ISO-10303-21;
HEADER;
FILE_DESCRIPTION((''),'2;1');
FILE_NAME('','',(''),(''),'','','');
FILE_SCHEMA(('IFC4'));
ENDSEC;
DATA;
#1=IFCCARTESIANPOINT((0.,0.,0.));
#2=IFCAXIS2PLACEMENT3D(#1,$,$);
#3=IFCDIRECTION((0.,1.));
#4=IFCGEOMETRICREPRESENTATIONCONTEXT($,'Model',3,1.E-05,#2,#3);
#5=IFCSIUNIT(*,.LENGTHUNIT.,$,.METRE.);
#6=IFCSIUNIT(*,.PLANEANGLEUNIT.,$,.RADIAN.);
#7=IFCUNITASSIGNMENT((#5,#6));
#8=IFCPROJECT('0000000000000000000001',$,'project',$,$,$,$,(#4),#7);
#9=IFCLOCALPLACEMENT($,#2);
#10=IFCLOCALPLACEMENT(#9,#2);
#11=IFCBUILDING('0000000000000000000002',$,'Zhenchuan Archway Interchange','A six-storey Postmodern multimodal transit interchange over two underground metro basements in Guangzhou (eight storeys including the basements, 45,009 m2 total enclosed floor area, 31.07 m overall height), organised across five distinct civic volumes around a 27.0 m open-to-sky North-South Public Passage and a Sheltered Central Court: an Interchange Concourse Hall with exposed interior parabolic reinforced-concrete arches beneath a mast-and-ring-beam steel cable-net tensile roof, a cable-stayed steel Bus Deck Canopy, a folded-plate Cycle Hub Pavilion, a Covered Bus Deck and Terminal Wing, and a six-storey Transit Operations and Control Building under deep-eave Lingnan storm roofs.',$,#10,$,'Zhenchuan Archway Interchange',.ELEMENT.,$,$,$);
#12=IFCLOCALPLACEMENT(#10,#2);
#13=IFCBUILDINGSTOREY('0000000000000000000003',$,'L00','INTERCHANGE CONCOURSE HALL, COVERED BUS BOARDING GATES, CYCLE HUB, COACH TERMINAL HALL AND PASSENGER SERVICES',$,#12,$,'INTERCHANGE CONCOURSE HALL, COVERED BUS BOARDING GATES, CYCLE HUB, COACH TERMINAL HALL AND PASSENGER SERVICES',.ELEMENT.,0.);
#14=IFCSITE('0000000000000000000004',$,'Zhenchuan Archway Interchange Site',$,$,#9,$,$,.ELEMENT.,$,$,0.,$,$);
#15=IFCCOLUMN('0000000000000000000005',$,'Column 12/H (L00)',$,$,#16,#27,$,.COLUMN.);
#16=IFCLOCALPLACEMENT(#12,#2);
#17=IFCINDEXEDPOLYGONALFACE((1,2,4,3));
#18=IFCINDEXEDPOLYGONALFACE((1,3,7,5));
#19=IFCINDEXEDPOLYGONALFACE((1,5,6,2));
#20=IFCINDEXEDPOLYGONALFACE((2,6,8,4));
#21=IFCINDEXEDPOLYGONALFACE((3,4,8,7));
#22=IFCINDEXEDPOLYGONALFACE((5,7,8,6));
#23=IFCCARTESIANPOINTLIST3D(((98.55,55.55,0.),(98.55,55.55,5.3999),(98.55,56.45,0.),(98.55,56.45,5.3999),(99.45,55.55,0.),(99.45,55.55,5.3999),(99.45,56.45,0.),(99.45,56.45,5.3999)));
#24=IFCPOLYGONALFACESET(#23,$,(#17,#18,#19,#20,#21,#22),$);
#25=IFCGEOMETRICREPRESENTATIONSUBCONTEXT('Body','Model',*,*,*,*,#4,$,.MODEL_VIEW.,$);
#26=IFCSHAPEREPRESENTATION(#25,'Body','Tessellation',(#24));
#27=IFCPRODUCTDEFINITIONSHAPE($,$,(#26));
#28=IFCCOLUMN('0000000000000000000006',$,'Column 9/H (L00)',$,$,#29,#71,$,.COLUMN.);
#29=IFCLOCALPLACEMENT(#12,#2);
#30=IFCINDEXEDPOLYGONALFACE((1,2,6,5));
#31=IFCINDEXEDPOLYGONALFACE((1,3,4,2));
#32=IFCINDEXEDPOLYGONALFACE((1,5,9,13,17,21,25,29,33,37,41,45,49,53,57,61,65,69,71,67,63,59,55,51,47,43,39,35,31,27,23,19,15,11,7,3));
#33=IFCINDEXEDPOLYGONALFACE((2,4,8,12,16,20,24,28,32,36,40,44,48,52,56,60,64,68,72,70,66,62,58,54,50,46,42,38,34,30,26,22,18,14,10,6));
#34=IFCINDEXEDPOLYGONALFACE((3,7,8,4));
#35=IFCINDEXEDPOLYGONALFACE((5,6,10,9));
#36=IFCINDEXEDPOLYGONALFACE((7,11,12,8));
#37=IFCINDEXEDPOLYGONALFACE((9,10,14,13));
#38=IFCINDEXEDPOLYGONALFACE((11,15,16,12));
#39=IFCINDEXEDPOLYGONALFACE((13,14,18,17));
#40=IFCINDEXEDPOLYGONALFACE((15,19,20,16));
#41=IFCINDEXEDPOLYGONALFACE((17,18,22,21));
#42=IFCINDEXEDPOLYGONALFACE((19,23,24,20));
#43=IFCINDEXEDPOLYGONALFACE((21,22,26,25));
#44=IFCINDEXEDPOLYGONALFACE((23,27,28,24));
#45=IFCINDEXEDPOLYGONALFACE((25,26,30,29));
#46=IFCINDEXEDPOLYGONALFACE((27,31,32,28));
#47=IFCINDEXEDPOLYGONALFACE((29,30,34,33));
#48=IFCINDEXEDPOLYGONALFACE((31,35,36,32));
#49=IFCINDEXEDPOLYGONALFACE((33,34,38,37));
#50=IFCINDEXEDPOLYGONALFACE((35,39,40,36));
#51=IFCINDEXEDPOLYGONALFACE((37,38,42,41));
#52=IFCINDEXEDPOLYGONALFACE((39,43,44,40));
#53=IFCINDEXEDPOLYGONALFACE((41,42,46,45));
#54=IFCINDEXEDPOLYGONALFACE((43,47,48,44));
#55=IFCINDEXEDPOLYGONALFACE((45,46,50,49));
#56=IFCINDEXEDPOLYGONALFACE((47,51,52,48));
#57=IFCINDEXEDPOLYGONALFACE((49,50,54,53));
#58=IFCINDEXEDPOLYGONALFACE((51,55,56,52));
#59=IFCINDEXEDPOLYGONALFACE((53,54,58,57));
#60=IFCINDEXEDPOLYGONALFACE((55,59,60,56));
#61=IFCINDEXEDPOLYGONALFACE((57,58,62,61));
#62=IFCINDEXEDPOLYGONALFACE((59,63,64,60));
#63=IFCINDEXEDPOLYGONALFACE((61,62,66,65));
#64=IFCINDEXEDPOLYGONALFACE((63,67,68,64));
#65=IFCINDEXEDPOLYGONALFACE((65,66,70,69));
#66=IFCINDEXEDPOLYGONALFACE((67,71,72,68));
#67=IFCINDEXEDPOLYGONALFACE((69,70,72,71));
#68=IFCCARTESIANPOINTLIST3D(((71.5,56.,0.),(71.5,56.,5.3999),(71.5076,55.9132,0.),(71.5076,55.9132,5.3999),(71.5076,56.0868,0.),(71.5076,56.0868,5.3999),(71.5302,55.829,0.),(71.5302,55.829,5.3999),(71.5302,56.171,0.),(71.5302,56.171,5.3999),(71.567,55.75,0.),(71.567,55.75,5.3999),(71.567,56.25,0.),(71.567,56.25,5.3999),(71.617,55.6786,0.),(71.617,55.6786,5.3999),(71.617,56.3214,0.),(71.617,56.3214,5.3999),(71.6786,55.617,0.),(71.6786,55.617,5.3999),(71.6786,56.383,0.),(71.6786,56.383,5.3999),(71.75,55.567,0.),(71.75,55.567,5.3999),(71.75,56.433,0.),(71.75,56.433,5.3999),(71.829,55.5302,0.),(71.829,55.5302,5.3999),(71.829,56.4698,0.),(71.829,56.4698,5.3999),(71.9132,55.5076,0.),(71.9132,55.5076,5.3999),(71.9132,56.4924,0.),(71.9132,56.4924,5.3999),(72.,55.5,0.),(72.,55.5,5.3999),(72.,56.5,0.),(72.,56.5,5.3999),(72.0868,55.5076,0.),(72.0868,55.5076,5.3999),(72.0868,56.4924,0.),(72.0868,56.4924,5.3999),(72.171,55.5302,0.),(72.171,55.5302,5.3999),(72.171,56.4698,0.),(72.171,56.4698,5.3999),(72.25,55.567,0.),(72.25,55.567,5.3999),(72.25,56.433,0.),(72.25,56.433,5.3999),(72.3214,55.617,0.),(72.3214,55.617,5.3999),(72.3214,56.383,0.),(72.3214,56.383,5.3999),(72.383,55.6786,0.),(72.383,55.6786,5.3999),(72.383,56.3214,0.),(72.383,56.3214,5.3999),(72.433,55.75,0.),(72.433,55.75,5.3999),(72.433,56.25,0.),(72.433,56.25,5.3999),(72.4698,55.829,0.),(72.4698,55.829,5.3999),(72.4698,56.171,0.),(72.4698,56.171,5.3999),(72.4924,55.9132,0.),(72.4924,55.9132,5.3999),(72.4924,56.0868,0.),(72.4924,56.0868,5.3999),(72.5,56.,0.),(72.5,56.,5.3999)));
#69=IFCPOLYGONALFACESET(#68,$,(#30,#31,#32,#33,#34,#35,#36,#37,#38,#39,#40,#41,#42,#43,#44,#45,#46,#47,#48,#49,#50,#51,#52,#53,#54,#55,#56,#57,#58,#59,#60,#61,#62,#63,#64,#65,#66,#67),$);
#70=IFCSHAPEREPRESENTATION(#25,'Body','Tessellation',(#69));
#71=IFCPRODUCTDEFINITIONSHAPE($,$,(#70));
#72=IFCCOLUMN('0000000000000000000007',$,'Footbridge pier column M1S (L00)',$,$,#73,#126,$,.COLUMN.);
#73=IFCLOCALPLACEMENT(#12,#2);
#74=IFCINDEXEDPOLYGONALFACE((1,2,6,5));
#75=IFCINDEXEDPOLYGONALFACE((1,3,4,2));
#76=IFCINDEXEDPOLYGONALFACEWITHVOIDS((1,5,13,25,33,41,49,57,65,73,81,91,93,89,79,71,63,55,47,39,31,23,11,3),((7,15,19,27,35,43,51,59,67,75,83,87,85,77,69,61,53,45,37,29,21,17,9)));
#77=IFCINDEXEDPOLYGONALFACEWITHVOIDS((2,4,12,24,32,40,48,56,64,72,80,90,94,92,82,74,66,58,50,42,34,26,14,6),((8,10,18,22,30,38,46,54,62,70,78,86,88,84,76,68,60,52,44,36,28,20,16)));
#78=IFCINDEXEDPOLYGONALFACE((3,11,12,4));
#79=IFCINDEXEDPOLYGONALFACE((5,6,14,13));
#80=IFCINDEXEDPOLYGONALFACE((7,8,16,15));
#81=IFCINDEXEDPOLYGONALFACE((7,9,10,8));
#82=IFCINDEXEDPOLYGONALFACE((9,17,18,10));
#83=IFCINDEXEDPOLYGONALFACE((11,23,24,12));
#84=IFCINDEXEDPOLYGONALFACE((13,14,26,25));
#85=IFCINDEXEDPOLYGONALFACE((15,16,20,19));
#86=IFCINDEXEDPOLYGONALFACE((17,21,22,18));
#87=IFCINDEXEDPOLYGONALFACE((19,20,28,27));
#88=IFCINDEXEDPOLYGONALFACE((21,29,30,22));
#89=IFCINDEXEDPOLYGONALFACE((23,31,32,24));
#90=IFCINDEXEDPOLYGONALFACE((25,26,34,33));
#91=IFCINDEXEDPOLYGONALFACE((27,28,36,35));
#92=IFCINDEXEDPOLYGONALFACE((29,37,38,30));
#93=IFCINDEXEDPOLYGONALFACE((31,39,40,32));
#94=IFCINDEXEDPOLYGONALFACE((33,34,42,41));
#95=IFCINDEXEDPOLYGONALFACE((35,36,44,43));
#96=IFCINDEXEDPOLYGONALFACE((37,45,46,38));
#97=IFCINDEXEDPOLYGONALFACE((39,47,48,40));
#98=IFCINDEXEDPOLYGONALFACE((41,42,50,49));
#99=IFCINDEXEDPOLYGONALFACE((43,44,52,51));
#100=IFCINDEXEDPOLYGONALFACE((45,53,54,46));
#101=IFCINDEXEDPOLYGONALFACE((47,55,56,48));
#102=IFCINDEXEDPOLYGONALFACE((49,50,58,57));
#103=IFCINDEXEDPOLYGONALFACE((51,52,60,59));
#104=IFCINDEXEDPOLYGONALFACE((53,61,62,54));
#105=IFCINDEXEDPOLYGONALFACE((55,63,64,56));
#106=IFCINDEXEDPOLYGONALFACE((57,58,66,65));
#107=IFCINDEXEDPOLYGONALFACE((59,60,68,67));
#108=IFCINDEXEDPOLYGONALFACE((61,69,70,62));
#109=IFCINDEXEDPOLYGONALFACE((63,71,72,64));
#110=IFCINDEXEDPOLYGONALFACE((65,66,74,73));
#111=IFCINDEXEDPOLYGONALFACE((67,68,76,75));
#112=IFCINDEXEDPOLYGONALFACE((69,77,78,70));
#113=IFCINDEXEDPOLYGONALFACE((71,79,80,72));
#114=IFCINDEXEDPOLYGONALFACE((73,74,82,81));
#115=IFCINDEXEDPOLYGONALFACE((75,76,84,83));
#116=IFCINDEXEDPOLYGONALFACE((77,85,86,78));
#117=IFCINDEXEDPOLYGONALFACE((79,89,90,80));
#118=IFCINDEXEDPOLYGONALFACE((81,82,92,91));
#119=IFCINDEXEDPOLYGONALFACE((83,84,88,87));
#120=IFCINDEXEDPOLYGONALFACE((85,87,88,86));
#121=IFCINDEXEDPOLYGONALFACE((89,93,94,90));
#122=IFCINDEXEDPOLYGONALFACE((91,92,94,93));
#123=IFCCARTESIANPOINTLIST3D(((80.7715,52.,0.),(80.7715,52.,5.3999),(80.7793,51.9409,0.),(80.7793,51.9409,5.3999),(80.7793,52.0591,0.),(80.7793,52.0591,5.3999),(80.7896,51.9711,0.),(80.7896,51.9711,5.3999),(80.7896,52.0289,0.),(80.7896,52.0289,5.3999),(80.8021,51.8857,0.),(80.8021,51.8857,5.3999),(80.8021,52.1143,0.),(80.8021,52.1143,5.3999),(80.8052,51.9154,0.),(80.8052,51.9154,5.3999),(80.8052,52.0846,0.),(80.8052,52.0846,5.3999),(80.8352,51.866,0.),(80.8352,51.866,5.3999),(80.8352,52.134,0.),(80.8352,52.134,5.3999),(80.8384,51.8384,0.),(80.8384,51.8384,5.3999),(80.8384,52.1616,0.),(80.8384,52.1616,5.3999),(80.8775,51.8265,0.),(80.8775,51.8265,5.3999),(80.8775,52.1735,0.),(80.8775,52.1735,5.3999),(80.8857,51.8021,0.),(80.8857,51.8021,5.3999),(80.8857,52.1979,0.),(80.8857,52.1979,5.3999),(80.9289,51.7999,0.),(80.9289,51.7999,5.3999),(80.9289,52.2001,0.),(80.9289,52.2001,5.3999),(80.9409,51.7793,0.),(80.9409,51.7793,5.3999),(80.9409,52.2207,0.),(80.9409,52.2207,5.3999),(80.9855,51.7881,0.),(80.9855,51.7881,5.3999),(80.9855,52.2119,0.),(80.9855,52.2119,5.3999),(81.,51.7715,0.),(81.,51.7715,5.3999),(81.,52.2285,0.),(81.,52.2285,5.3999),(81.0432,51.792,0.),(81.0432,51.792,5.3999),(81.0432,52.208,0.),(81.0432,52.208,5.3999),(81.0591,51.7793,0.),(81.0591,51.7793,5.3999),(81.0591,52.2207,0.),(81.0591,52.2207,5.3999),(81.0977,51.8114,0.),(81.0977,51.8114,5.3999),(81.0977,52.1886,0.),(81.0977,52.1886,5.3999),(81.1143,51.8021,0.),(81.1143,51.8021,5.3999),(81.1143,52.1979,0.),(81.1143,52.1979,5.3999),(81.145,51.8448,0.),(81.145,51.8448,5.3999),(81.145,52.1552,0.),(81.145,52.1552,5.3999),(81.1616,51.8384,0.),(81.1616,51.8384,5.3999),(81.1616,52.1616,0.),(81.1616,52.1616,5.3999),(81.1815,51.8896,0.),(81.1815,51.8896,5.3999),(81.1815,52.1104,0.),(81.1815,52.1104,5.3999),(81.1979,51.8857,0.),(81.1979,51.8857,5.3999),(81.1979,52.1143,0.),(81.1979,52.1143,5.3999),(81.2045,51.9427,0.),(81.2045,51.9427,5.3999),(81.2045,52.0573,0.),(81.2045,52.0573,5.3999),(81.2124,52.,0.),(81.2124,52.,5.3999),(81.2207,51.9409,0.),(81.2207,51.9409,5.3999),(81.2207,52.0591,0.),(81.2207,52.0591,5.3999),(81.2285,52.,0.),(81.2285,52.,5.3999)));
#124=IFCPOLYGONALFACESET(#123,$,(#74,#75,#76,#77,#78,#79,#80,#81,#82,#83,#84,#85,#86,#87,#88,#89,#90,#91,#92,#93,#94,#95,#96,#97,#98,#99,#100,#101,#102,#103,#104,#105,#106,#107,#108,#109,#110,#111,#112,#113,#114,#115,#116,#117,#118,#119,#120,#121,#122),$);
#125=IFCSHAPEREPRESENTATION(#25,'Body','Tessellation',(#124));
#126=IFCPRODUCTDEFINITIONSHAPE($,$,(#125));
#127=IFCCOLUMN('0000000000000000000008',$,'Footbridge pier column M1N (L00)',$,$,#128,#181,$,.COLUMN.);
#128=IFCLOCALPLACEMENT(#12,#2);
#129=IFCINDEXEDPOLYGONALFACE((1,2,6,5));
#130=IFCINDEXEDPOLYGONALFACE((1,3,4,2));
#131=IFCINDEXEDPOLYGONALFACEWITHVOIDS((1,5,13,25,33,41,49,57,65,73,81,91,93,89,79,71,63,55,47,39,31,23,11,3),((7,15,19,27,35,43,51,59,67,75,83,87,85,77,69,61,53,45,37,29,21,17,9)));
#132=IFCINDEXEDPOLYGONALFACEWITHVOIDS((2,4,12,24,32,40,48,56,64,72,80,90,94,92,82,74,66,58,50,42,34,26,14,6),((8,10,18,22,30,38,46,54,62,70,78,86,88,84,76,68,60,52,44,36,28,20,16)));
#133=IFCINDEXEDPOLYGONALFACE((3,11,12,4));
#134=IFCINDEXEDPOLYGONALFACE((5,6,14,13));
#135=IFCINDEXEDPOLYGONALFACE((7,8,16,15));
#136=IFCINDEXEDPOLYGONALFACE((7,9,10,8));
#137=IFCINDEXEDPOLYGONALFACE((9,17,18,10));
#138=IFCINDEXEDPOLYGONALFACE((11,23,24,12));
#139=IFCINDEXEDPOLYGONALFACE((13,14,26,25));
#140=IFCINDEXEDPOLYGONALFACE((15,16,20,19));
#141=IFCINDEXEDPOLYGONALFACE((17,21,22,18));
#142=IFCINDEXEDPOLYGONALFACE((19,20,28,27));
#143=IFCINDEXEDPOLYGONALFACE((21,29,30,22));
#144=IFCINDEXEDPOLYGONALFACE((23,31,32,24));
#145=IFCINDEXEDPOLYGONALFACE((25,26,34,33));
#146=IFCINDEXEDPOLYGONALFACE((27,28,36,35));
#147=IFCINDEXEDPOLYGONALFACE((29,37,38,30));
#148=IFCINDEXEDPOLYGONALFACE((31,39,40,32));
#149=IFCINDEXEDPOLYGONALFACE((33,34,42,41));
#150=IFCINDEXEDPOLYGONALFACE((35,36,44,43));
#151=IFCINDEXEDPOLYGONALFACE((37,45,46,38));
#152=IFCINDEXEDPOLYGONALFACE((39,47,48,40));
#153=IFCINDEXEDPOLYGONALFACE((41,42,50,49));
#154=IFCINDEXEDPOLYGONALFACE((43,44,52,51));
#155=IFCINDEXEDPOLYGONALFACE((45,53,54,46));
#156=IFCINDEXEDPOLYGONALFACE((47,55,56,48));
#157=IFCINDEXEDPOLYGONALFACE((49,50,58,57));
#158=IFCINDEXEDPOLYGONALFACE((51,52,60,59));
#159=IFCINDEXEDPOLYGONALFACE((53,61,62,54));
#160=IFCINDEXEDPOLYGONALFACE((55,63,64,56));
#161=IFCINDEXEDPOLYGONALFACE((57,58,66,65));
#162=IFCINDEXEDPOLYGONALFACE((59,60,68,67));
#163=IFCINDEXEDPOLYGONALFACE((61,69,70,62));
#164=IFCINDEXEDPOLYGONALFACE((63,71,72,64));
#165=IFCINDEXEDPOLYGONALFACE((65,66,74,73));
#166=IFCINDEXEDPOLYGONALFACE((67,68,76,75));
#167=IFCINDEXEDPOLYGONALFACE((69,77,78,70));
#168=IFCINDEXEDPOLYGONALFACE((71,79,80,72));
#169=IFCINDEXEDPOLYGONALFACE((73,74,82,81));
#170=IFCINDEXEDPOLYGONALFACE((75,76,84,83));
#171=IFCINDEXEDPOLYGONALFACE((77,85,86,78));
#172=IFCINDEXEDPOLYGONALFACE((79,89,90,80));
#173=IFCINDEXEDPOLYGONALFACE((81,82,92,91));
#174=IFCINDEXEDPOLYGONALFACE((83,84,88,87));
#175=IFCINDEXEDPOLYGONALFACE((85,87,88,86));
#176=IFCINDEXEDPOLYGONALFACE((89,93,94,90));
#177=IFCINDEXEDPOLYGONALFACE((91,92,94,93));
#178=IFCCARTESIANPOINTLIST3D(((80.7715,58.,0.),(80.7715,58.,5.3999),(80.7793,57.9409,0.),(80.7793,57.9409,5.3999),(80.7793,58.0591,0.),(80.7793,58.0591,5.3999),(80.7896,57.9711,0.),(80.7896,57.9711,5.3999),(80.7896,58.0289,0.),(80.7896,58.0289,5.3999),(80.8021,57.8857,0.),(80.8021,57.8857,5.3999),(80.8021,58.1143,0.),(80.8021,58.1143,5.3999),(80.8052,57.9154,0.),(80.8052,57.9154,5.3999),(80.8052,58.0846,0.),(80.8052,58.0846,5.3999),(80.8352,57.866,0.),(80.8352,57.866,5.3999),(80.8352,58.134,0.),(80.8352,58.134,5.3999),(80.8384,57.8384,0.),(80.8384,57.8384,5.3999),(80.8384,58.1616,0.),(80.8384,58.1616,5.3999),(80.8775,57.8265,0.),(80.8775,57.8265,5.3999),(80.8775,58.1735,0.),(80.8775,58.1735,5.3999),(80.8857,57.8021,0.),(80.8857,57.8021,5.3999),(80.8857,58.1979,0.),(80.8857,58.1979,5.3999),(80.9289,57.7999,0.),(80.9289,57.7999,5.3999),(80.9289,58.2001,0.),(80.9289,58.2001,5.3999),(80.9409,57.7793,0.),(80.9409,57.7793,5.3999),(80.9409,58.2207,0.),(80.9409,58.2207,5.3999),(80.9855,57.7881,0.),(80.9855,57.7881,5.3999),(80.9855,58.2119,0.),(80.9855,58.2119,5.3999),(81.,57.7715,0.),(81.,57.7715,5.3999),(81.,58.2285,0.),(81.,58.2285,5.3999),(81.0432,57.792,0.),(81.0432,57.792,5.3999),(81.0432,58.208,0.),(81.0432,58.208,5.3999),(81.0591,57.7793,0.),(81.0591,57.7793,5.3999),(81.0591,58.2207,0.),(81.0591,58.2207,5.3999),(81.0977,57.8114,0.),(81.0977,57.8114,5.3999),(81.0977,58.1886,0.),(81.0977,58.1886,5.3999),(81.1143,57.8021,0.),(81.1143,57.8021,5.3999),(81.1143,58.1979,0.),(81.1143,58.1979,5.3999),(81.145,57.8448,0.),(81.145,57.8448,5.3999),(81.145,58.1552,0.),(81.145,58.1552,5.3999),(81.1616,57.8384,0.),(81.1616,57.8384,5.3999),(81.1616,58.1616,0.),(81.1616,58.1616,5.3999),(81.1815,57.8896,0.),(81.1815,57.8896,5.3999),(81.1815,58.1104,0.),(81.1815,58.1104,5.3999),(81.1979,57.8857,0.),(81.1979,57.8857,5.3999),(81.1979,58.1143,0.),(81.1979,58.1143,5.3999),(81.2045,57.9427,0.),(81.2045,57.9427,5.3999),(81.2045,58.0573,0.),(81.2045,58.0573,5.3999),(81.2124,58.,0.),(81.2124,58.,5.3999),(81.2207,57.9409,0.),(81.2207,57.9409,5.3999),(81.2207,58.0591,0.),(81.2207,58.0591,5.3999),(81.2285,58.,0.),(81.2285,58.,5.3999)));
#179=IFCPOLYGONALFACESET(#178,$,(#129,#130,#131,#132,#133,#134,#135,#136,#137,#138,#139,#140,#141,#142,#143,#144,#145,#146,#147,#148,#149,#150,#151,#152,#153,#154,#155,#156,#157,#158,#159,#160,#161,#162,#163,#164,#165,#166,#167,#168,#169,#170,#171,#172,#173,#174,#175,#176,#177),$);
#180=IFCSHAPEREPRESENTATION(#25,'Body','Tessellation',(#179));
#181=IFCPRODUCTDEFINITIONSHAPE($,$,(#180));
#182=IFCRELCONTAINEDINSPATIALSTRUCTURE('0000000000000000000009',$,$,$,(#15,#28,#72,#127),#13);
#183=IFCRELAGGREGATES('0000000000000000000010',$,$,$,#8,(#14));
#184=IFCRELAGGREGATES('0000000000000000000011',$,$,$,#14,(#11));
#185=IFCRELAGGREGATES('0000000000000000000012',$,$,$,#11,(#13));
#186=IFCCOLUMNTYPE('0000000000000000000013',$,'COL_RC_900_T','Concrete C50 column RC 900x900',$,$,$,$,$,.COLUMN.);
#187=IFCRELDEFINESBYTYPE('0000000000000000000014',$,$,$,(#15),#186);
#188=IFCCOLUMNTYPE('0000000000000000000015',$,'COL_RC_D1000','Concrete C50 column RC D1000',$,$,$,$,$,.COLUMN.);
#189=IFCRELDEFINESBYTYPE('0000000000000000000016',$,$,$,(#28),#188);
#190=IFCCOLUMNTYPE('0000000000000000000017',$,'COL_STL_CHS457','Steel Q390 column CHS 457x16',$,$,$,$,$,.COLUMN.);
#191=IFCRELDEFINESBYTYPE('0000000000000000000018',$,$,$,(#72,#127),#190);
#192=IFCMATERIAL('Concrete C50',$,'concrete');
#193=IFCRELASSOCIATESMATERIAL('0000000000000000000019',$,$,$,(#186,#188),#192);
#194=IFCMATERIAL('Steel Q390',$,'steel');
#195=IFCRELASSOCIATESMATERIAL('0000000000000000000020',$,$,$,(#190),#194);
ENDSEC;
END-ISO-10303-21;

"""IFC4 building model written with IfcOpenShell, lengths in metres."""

from ifc_helpers import new_model, si_unit, direction, frame, origin, origin_2d, place, context, subcontext, project, spatial, rectangle, circle, hollow_circle, extrude, material, material_profile, profile_set, type_object, element, save


model = new_model("IFC4")

# Units and contexts
model_context = context("Model", 3, precision=1e-05, world=origin(), true_north=direction((0.0, 1.0)))
body_context = subcontext(model_context, "Body", "Model", "MODEL_VIEW")
ifc_project = project(units=[si_unit("LENGTHUNIT", "METRE"), si_unit("PLANEANGLEUNIT", "RADIAN")], contexts=[model_context])

# Site, building, storey
site_placement = place(None, origin())
site = spatial("IfcSite", under=ifc_project, at=site_placement, Name="Zhenchuan Archway Interchange Site", CompositionType="ELEMENT", RefElevation=0.0)
building_placement = place(site_placement, origin())
building = spatial("IfcBuilding", under=site, at=building_placement, Name="Zhenchuan Archway Interchange", Description="A six-storey Postmodern multimodal transit interchange over two underground metro basements in Guangzhou (eight storeys including the basements, 45,009 m2 total enclosed floor area, 31.07 m overall height), organised across five distinct civic volumes around a 27.0 m open-to-sky North-South Public Passage and a Sheltered Central Court: an Interchange Concourse Hall with exposed interior parabolic reinforced-concrete arches beneath a mast-and-ring-beam steel cable-net tensile roof, a cable-stayed steel Bus Deck Canopy, a folded-plate Cycle Hub Pavilion, a Covered Bus Deck and Terminal Wing, and a six-storey Transit Operations and Control Building under deep-eave Lingnan storm roofs.", LongName="Zhenchuan Archway Interchange", CompositionType="ELEMENT")
storey_placement = place(building_placement, origin())
storey = spatial("IfcBuildingStorey", under=building, at=storey_placement, Name="L00", Description="INTERCHANGE CONCOURSE HALL, COVERED BUS BOARDING GATES, CYCLE HUB, COACH TERMINAL HALL AND PASSENGER SERVICES", LongName="INTERCHANGE CONCOURSE HALL, COVERED BUS BOARDING GATES, CYCLE HUB, COACH TERMINAL HALL AND PASSENGER SERVICES", CompositionType="ELEMENT", Elevation=0.0)

# Columns
ifc_material_1 = material(Name="Concrete C50", Category="concrete")
ifc_material_profile_1 = material_profile(ifc_material_1, rectangle(XDim=0.8999, YDim=0.8999, at=origin_2d()), Name="RC 900x900")
ifc_profile_set_1 = profile_set([ifc_material_profile_1], Name="Concrete C50")
column_type_1 = type_object("IfcColumnType", Name="COL_RC_900_T", Description="Concrete C50 column RC 900x900", PredefinedType="COLUMN", material=ifc_profile_set_1)
column_1_placement = place(storey_placement, frame((99.0, 56.0, 0.0), z_axis=(0.0, 0.0, 1.0), x_axis=(1.0, 0.0, 0.0)))
element("IfcColumn", 1, at=column_1_placement, inside=storey, type_object=column_type_1, Name="Column 12/H (L00)", PredefinedType="COLUMN", context=body_context, shape_type="SweptSolid", body=[
    extrude(rectangle(XDim=0.8999, YDim=0.8999, at=origin_2d()), origin(), (0.0, 0.0, 1.0), 5.3999),
])
ifc_material_profile_2 = material_profile(ifc_material_1, circle(Radius=0.5, at=origin_2d()), Name="RC D1000")
ifc_profile_set_2 = profile_set([ifc_material_profile_2], Name="Concrete C50")
column_type_2 = type_object("IfcColumnType", Name="COL_RC_D1000", Description="Concrete C50 column RC D1000", PredefinedType="COLUMN", material=ifc_profile_set_2)
column_2_placement = place(storey_placement, frame((72.0, 56.0, 0.0), z_axis=(0.0, 0.0, 1.0), x_axis=(1.0, 0.0, 0.0)))
element("IfcColumn", 2, at=column_2_placement, inside=storey, type_object=column_type_2, Name="Column 9/H (L00)", PredefinedType="COLUMN", context=body_context, shape_type="SweptSolid", body=[
    extrude(circle(Radius=0.5, at=origin_2d()), origin(), (0.0, 0.0, 1.0), 5.3999),
])
ifc_material_2 = material(Name="Steel Q390", Category="steel")
ifc_material_profile_3 = material_profile(ifc_material_2, hollow_circle(Radius=0.2285, WallThickness=0.0161, at=origin_2d()), Name="CHS 457x16")
ifc_profile_set_3 = profile_set([ifc_material_profile_3], Name="Steel Q390")
column_type_3 = type_object("IfcColumnType", Name="COL_STL_CHS457", Description="Steel Q390 column CHS 457x16", PredefinedType="COLUMN", material=ifc_profile_set_3)
for number, where, z_axis, x_axis, name in (
    (3, (81.0, 52.0, 0.0), (0.0, 0.0, 1.0), (1.0, 0.0, 0.0), "Footbridge pier column M1S (L00)"),
    (4, (81.0, 58.0, 0.0), (0.0, 0.0, 1.0), (1.0, 0.0, 0.0), "Footbridge pier column M1N (L00)"),
):
    element("IfcColumn", number, at=place(storey_placement, frame(where, z_axis=z_axis, x_axis=x_axis)), inside=storey, type_object=column_type_3, Name=name, PredefinedType="COLUMN", context=body_context, shape_type="SweptSolid", body=[
        extrude(hollow_circle(Radius=0.2285, WallThickness=0.0161, at=origin_2d()), origin(), (0.0, 0.0, 1.0), 5.3999),
    ])

save(model, "model.ifc")
